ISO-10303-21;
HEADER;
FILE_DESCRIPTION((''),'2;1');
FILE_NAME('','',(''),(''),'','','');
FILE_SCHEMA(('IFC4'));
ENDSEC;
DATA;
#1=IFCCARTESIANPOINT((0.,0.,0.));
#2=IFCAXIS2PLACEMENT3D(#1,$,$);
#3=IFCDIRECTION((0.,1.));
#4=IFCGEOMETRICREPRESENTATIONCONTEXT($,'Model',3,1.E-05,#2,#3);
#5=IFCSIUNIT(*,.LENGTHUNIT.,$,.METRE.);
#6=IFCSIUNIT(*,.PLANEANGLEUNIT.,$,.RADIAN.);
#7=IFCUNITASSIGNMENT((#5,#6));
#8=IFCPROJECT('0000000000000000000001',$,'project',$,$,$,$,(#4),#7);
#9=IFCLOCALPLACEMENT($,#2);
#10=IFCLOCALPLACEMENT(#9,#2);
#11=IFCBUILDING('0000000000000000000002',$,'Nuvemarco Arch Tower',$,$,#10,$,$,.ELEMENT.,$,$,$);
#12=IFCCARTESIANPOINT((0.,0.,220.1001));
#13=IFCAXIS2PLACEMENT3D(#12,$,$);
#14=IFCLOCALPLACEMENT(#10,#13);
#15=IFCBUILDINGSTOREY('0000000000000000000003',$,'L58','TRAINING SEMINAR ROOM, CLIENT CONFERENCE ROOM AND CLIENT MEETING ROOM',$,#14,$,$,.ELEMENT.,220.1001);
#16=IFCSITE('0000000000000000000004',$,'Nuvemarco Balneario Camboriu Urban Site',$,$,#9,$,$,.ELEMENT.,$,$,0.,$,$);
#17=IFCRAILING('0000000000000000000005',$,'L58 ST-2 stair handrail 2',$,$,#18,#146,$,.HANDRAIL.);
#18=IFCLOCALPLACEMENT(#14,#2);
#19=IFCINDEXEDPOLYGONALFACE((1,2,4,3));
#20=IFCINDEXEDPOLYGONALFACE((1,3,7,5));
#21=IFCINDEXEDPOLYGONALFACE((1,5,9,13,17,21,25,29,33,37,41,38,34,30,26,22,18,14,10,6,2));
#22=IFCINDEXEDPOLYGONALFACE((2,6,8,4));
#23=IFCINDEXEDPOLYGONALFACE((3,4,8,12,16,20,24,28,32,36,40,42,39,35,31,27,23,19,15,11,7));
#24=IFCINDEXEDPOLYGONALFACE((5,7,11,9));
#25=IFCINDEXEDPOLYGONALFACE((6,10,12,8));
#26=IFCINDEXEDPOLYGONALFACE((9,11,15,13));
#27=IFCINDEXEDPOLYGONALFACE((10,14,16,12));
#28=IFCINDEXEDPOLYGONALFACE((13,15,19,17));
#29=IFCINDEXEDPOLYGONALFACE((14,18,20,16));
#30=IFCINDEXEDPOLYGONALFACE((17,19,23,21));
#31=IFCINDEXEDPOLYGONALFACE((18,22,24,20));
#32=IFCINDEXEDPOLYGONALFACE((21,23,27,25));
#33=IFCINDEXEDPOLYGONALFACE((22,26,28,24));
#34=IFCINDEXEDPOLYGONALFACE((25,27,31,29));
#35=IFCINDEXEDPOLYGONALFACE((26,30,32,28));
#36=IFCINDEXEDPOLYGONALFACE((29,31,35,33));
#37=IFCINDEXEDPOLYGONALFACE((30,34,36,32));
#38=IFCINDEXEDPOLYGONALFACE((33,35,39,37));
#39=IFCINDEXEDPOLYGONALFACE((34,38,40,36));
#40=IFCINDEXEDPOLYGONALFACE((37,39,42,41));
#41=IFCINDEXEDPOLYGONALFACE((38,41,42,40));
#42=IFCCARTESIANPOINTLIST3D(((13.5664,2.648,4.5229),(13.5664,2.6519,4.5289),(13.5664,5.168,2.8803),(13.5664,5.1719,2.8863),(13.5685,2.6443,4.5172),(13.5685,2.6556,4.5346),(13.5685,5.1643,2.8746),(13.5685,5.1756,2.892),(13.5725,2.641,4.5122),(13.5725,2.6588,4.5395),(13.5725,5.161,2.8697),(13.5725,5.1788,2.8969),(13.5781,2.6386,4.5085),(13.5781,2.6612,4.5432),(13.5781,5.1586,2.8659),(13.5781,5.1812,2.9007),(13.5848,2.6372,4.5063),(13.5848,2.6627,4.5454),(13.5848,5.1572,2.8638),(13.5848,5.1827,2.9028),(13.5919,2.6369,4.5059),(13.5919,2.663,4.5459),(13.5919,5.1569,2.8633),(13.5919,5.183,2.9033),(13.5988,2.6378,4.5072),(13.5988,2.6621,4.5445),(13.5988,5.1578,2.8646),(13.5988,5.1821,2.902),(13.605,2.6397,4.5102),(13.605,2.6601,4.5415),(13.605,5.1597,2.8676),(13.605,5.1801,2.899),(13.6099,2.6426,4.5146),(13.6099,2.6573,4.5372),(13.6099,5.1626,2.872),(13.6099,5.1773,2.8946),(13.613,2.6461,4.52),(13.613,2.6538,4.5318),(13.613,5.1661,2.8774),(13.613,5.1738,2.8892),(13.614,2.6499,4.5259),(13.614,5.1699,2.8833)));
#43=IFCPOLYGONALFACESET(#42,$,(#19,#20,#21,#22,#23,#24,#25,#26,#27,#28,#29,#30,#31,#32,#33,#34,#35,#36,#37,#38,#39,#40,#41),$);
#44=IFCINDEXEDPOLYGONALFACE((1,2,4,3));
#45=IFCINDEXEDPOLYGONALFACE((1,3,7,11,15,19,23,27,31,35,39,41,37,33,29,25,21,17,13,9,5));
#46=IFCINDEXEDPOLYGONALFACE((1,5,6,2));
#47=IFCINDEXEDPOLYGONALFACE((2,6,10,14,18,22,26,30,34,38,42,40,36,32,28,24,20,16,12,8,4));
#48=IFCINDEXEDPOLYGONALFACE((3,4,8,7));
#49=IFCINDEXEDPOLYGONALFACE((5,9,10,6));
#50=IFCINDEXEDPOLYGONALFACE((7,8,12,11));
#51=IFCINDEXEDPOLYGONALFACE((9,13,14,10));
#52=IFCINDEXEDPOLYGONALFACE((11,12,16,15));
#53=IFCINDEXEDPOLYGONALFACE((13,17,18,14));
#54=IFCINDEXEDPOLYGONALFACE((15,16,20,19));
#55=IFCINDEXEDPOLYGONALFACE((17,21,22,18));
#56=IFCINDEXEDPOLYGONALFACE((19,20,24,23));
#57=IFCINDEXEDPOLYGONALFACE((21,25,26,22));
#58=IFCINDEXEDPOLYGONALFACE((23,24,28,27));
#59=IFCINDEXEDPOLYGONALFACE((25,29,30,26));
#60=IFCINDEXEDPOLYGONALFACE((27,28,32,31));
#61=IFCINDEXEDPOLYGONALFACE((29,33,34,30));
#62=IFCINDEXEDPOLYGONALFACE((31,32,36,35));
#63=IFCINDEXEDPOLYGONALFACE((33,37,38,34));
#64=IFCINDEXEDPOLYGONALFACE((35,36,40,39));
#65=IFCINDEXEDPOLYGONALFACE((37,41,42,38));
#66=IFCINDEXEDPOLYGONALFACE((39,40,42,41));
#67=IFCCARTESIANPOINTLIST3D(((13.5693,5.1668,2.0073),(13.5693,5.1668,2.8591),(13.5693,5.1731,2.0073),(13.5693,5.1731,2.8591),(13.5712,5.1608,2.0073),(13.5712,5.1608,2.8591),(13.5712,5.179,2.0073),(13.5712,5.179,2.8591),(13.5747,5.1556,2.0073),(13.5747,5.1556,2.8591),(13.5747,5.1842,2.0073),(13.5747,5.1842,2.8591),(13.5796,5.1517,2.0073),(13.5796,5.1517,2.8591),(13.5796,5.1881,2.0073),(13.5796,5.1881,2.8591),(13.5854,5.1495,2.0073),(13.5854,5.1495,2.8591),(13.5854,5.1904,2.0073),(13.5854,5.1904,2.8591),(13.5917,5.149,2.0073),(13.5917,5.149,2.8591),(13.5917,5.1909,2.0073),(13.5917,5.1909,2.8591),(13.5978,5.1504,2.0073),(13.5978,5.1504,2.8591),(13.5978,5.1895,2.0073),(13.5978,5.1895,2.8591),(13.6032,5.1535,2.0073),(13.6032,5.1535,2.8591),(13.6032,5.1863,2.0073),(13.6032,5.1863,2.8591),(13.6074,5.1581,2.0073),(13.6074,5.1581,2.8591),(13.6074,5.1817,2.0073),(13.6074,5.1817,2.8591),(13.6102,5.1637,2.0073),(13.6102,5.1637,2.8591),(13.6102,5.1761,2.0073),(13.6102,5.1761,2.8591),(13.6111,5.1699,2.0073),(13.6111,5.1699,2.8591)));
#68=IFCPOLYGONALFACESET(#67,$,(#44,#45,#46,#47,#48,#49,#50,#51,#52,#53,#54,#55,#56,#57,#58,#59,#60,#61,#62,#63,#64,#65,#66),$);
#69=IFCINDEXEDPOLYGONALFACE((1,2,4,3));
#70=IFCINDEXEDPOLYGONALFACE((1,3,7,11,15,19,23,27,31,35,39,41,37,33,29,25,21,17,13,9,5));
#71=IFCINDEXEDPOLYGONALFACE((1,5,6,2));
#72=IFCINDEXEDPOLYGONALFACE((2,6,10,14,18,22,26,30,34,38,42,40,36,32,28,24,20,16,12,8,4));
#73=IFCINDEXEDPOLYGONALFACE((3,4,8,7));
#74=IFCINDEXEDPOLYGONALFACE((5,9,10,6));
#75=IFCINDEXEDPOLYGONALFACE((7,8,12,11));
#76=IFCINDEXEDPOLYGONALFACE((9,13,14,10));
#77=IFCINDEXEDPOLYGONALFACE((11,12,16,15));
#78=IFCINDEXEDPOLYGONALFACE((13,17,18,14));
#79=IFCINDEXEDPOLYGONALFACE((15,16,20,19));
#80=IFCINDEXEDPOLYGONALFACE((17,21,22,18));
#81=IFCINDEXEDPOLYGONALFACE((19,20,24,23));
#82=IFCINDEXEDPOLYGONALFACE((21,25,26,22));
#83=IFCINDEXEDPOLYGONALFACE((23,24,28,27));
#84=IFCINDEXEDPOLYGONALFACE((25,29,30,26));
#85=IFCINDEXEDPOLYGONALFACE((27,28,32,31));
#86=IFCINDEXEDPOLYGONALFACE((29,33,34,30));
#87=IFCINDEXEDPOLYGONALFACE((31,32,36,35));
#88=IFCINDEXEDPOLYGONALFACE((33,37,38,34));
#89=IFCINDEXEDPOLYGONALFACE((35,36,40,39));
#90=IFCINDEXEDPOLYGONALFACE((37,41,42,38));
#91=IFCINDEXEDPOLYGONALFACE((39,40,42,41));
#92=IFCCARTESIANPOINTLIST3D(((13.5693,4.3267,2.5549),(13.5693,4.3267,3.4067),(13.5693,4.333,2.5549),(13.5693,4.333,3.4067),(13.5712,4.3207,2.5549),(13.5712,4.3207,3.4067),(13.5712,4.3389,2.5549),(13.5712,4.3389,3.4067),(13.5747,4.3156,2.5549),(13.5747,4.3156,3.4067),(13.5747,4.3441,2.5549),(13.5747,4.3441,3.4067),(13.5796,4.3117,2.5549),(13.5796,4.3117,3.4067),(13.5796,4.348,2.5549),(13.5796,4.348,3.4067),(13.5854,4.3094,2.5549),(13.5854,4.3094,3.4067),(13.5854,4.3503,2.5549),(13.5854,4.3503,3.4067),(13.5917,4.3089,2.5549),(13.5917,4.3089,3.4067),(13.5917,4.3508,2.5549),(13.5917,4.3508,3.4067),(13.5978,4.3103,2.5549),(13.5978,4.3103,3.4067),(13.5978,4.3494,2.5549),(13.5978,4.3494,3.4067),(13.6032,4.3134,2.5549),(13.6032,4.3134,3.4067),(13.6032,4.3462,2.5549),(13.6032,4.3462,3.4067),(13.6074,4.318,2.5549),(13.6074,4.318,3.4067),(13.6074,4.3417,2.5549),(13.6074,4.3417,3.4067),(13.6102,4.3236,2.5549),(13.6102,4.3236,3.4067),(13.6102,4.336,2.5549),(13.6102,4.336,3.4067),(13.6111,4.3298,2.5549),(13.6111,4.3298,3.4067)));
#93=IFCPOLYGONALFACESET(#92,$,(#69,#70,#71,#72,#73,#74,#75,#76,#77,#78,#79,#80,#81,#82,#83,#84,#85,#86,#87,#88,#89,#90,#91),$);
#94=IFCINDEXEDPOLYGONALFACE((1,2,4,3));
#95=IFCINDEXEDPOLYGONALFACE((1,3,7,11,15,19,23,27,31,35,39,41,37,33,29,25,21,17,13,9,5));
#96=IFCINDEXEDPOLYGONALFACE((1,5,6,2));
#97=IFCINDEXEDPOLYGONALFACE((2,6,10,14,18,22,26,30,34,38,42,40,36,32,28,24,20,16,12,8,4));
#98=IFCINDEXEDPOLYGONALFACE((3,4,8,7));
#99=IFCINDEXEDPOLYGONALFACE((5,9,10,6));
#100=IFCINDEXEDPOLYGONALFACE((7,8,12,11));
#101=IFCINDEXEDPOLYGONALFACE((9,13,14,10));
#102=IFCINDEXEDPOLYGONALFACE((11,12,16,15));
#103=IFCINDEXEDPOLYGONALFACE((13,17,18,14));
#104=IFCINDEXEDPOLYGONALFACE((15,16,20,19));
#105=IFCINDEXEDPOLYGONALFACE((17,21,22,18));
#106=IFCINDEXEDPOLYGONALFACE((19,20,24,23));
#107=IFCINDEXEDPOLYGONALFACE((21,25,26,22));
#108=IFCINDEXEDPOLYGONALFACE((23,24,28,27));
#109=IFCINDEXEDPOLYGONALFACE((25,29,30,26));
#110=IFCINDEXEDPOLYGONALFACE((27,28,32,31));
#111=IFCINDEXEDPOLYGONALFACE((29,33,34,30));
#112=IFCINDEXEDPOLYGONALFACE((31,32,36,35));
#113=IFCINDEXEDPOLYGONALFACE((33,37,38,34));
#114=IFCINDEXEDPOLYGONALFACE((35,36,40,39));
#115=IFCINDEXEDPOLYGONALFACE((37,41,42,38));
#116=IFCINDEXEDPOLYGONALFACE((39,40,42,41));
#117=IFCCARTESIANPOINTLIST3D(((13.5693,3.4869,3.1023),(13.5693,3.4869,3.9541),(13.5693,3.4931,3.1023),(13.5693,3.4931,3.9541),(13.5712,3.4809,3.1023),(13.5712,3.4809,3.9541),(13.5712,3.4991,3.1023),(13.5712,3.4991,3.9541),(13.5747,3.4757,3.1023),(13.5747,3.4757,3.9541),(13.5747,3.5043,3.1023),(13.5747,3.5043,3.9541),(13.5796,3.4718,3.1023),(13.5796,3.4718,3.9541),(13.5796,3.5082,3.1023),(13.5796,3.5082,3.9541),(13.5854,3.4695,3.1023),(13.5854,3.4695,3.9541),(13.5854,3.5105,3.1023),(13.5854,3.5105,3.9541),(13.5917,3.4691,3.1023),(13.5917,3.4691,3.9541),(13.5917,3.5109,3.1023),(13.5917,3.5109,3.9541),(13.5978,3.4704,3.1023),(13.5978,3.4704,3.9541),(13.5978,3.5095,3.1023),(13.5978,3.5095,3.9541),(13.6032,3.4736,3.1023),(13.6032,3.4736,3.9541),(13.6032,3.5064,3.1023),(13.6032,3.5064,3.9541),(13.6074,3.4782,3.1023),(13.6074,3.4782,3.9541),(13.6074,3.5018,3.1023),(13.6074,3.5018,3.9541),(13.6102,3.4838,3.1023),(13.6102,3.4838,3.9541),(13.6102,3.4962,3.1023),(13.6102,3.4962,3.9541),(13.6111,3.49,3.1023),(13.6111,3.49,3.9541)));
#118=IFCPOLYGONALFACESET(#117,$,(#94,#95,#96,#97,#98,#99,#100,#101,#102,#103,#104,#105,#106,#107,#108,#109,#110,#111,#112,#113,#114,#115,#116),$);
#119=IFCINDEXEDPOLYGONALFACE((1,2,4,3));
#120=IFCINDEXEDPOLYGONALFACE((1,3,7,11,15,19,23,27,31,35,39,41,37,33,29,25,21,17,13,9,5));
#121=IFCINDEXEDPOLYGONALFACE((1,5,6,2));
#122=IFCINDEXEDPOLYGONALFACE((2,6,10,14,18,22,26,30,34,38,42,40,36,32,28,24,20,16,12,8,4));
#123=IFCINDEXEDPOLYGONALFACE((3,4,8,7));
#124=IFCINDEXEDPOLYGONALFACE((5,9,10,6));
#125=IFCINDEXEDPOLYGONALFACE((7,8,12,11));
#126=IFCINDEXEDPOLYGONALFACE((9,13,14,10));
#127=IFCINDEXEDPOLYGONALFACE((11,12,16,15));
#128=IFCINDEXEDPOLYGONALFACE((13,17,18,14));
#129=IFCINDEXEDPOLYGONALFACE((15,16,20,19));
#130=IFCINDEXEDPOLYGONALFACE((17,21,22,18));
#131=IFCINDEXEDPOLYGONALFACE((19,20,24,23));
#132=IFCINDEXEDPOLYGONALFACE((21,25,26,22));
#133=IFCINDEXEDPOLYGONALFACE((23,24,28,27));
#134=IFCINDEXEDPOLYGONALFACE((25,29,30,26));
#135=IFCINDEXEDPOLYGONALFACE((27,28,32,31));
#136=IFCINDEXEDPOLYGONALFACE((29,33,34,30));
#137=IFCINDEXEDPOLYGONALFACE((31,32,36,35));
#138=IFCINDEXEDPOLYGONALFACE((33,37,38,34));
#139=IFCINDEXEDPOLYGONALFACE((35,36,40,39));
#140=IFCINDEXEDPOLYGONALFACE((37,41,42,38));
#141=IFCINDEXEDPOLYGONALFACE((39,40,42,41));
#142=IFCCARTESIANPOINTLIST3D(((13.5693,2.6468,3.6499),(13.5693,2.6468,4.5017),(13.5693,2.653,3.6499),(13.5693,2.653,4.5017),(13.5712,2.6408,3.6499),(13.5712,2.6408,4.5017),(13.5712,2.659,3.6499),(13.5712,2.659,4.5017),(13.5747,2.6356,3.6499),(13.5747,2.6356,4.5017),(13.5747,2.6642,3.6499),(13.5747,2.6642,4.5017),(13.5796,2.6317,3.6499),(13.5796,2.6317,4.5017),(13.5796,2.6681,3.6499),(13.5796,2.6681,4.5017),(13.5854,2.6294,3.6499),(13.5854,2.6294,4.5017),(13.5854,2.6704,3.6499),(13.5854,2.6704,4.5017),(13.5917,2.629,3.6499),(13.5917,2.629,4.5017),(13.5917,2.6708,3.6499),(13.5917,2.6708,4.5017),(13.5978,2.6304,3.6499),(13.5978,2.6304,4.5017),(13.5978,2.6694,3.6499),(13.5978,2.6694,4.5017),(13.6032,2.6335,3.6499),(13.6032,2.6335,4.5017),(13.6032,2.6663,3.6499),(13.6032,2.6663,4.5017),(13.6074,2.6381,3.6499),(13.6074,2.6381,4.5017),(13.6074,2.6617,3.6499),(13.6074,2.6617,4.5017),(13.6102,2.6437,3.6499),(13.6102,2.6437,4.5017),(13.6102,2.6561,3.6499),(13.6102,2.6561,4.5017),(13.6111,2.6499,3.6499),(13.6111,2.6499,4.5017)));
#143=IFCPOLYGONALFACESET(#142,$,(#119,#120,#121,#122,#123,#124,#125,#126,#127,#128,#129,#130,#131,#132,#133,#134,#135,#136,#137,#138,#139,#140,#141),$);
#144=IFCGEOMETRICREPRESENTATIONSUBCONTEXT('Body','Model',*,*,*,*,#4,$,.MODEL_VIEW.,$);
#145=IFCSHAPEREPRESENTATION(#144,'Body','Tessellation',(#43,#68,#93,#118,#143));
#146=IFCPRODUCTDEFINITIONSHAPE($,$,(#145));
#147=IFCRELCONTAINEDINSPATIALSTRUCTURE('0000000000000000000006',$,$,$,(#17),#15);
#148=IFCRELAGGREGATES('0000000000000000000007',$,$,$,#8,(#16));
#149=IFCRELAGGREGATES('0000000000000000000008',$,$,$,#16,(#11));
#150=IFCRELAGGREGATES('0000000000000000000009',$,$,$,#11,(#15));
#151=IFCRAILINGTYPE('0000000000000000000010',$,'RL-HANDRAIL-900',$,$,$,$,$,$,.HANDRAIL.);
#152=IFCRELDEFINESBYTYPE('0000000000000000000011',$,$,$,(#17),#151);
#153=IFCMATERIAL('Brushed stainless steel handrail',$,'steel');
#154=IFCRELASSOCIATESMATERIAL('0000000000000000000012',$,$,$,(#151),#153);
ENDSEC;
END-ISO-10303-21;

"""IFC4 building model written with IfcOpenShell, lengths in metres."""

from ifc_helpers import new_model, si_unit, direction, frame, origin, origin_2d, place, context, subcontext, project, spatial, circle, extrude, material, type_object, element, save


model = new_model("IFC4")

# Units and contexts
model_context = context("Model", 3, precision=1e-05, world=origin(), true_north=direction((0.0, 1.0)))
body_context = subcontext(model_context, "Body", "Model", "MODEL_VIEW")
ifc_project = project(units=[si_unit("LENGTHUNIT", "METRE"), si_unit("PLANEANGLEUNIT", "RADIAN")], contexts=[model_context])

# Site, building, storey
site_placement = place(None, origin())
site = spatial("IfcSite", under=ifc_project, at=site_placement, Name="Nuvemarco Balneario Camboriu Urban Site", CompositionType="ELEMENT", RefElevation=0.0)
building_placement = place(site_placement, origin())
building = spatial("IfcBuilding", under=site, at=building_placement, Name="Nuvemarco Arch Tower", CompositionType="ELEMENT")
storey_placement = place(building_placement, frame((0.0, 0.0, 220.1001)))
storey = spatial("IfcBuildingStorey", under=building, at=storey_placement, Name="L58", Description="TRAINING SEMINAR ROOM, CLIENT CONFERENCE ROOM AND CLIENT MEETING ROOM", CompositionType="ELEMENT", Elevation=220.1001)

# Railing
ifc_material_1 = material(Name="Brushed stainless steel handrail", Category="steel")
railing_type_1 = type_object("IfcRailingType", Name="RL-HANDRAIL-900", PredefinedType="HANDRAIL", material=ifc_material_1)
railing_1_placement = place(storey_placement, frame((13.5901, 5.1699, 2.0073)))
element("IfcRailing", 1, at=railing_1_placement, inside=storey, type_object=railing_type_1, Name="L58 ST-2 stair handrail 2", PredefinedType="HANDRAIL", context=body_context, shape_type="SweptSolid", body=[
    extrude(circle(Radius=0.0239, at=origin_2d()), frame((0.0, 0.0, 0.876), z_axis=(0.0, -0.837749, 0.546055), x_axis=(1.0, 0.0, 0.0)), (0.0, 0.0, 1.0), 3.0081),
    extrude(circle(Radius=0.021, at=origin_2d()), origin(), (0.0, 0.0, 1.0), 0.8518),
    extrude(circle(Radius=0.021, at=origin_2d()), frame((0.0, -0.8401, 0.5476)), (0.0, 0.0, 1.0), 0.8518),
    extrude(circle(Radius=0.021, at=origin_2d()), frame((0.0, -1.6799, 1.095)), (0.0, 0.0, 1.0), 0.8518),
    extrude(circle(Radius=0.021, at=origin_2d()), frame((0.0, -2.52, 1.6426)), (0.0, 0.0, 1.0), 0.8518),
])

save(model, "model.ifc")
